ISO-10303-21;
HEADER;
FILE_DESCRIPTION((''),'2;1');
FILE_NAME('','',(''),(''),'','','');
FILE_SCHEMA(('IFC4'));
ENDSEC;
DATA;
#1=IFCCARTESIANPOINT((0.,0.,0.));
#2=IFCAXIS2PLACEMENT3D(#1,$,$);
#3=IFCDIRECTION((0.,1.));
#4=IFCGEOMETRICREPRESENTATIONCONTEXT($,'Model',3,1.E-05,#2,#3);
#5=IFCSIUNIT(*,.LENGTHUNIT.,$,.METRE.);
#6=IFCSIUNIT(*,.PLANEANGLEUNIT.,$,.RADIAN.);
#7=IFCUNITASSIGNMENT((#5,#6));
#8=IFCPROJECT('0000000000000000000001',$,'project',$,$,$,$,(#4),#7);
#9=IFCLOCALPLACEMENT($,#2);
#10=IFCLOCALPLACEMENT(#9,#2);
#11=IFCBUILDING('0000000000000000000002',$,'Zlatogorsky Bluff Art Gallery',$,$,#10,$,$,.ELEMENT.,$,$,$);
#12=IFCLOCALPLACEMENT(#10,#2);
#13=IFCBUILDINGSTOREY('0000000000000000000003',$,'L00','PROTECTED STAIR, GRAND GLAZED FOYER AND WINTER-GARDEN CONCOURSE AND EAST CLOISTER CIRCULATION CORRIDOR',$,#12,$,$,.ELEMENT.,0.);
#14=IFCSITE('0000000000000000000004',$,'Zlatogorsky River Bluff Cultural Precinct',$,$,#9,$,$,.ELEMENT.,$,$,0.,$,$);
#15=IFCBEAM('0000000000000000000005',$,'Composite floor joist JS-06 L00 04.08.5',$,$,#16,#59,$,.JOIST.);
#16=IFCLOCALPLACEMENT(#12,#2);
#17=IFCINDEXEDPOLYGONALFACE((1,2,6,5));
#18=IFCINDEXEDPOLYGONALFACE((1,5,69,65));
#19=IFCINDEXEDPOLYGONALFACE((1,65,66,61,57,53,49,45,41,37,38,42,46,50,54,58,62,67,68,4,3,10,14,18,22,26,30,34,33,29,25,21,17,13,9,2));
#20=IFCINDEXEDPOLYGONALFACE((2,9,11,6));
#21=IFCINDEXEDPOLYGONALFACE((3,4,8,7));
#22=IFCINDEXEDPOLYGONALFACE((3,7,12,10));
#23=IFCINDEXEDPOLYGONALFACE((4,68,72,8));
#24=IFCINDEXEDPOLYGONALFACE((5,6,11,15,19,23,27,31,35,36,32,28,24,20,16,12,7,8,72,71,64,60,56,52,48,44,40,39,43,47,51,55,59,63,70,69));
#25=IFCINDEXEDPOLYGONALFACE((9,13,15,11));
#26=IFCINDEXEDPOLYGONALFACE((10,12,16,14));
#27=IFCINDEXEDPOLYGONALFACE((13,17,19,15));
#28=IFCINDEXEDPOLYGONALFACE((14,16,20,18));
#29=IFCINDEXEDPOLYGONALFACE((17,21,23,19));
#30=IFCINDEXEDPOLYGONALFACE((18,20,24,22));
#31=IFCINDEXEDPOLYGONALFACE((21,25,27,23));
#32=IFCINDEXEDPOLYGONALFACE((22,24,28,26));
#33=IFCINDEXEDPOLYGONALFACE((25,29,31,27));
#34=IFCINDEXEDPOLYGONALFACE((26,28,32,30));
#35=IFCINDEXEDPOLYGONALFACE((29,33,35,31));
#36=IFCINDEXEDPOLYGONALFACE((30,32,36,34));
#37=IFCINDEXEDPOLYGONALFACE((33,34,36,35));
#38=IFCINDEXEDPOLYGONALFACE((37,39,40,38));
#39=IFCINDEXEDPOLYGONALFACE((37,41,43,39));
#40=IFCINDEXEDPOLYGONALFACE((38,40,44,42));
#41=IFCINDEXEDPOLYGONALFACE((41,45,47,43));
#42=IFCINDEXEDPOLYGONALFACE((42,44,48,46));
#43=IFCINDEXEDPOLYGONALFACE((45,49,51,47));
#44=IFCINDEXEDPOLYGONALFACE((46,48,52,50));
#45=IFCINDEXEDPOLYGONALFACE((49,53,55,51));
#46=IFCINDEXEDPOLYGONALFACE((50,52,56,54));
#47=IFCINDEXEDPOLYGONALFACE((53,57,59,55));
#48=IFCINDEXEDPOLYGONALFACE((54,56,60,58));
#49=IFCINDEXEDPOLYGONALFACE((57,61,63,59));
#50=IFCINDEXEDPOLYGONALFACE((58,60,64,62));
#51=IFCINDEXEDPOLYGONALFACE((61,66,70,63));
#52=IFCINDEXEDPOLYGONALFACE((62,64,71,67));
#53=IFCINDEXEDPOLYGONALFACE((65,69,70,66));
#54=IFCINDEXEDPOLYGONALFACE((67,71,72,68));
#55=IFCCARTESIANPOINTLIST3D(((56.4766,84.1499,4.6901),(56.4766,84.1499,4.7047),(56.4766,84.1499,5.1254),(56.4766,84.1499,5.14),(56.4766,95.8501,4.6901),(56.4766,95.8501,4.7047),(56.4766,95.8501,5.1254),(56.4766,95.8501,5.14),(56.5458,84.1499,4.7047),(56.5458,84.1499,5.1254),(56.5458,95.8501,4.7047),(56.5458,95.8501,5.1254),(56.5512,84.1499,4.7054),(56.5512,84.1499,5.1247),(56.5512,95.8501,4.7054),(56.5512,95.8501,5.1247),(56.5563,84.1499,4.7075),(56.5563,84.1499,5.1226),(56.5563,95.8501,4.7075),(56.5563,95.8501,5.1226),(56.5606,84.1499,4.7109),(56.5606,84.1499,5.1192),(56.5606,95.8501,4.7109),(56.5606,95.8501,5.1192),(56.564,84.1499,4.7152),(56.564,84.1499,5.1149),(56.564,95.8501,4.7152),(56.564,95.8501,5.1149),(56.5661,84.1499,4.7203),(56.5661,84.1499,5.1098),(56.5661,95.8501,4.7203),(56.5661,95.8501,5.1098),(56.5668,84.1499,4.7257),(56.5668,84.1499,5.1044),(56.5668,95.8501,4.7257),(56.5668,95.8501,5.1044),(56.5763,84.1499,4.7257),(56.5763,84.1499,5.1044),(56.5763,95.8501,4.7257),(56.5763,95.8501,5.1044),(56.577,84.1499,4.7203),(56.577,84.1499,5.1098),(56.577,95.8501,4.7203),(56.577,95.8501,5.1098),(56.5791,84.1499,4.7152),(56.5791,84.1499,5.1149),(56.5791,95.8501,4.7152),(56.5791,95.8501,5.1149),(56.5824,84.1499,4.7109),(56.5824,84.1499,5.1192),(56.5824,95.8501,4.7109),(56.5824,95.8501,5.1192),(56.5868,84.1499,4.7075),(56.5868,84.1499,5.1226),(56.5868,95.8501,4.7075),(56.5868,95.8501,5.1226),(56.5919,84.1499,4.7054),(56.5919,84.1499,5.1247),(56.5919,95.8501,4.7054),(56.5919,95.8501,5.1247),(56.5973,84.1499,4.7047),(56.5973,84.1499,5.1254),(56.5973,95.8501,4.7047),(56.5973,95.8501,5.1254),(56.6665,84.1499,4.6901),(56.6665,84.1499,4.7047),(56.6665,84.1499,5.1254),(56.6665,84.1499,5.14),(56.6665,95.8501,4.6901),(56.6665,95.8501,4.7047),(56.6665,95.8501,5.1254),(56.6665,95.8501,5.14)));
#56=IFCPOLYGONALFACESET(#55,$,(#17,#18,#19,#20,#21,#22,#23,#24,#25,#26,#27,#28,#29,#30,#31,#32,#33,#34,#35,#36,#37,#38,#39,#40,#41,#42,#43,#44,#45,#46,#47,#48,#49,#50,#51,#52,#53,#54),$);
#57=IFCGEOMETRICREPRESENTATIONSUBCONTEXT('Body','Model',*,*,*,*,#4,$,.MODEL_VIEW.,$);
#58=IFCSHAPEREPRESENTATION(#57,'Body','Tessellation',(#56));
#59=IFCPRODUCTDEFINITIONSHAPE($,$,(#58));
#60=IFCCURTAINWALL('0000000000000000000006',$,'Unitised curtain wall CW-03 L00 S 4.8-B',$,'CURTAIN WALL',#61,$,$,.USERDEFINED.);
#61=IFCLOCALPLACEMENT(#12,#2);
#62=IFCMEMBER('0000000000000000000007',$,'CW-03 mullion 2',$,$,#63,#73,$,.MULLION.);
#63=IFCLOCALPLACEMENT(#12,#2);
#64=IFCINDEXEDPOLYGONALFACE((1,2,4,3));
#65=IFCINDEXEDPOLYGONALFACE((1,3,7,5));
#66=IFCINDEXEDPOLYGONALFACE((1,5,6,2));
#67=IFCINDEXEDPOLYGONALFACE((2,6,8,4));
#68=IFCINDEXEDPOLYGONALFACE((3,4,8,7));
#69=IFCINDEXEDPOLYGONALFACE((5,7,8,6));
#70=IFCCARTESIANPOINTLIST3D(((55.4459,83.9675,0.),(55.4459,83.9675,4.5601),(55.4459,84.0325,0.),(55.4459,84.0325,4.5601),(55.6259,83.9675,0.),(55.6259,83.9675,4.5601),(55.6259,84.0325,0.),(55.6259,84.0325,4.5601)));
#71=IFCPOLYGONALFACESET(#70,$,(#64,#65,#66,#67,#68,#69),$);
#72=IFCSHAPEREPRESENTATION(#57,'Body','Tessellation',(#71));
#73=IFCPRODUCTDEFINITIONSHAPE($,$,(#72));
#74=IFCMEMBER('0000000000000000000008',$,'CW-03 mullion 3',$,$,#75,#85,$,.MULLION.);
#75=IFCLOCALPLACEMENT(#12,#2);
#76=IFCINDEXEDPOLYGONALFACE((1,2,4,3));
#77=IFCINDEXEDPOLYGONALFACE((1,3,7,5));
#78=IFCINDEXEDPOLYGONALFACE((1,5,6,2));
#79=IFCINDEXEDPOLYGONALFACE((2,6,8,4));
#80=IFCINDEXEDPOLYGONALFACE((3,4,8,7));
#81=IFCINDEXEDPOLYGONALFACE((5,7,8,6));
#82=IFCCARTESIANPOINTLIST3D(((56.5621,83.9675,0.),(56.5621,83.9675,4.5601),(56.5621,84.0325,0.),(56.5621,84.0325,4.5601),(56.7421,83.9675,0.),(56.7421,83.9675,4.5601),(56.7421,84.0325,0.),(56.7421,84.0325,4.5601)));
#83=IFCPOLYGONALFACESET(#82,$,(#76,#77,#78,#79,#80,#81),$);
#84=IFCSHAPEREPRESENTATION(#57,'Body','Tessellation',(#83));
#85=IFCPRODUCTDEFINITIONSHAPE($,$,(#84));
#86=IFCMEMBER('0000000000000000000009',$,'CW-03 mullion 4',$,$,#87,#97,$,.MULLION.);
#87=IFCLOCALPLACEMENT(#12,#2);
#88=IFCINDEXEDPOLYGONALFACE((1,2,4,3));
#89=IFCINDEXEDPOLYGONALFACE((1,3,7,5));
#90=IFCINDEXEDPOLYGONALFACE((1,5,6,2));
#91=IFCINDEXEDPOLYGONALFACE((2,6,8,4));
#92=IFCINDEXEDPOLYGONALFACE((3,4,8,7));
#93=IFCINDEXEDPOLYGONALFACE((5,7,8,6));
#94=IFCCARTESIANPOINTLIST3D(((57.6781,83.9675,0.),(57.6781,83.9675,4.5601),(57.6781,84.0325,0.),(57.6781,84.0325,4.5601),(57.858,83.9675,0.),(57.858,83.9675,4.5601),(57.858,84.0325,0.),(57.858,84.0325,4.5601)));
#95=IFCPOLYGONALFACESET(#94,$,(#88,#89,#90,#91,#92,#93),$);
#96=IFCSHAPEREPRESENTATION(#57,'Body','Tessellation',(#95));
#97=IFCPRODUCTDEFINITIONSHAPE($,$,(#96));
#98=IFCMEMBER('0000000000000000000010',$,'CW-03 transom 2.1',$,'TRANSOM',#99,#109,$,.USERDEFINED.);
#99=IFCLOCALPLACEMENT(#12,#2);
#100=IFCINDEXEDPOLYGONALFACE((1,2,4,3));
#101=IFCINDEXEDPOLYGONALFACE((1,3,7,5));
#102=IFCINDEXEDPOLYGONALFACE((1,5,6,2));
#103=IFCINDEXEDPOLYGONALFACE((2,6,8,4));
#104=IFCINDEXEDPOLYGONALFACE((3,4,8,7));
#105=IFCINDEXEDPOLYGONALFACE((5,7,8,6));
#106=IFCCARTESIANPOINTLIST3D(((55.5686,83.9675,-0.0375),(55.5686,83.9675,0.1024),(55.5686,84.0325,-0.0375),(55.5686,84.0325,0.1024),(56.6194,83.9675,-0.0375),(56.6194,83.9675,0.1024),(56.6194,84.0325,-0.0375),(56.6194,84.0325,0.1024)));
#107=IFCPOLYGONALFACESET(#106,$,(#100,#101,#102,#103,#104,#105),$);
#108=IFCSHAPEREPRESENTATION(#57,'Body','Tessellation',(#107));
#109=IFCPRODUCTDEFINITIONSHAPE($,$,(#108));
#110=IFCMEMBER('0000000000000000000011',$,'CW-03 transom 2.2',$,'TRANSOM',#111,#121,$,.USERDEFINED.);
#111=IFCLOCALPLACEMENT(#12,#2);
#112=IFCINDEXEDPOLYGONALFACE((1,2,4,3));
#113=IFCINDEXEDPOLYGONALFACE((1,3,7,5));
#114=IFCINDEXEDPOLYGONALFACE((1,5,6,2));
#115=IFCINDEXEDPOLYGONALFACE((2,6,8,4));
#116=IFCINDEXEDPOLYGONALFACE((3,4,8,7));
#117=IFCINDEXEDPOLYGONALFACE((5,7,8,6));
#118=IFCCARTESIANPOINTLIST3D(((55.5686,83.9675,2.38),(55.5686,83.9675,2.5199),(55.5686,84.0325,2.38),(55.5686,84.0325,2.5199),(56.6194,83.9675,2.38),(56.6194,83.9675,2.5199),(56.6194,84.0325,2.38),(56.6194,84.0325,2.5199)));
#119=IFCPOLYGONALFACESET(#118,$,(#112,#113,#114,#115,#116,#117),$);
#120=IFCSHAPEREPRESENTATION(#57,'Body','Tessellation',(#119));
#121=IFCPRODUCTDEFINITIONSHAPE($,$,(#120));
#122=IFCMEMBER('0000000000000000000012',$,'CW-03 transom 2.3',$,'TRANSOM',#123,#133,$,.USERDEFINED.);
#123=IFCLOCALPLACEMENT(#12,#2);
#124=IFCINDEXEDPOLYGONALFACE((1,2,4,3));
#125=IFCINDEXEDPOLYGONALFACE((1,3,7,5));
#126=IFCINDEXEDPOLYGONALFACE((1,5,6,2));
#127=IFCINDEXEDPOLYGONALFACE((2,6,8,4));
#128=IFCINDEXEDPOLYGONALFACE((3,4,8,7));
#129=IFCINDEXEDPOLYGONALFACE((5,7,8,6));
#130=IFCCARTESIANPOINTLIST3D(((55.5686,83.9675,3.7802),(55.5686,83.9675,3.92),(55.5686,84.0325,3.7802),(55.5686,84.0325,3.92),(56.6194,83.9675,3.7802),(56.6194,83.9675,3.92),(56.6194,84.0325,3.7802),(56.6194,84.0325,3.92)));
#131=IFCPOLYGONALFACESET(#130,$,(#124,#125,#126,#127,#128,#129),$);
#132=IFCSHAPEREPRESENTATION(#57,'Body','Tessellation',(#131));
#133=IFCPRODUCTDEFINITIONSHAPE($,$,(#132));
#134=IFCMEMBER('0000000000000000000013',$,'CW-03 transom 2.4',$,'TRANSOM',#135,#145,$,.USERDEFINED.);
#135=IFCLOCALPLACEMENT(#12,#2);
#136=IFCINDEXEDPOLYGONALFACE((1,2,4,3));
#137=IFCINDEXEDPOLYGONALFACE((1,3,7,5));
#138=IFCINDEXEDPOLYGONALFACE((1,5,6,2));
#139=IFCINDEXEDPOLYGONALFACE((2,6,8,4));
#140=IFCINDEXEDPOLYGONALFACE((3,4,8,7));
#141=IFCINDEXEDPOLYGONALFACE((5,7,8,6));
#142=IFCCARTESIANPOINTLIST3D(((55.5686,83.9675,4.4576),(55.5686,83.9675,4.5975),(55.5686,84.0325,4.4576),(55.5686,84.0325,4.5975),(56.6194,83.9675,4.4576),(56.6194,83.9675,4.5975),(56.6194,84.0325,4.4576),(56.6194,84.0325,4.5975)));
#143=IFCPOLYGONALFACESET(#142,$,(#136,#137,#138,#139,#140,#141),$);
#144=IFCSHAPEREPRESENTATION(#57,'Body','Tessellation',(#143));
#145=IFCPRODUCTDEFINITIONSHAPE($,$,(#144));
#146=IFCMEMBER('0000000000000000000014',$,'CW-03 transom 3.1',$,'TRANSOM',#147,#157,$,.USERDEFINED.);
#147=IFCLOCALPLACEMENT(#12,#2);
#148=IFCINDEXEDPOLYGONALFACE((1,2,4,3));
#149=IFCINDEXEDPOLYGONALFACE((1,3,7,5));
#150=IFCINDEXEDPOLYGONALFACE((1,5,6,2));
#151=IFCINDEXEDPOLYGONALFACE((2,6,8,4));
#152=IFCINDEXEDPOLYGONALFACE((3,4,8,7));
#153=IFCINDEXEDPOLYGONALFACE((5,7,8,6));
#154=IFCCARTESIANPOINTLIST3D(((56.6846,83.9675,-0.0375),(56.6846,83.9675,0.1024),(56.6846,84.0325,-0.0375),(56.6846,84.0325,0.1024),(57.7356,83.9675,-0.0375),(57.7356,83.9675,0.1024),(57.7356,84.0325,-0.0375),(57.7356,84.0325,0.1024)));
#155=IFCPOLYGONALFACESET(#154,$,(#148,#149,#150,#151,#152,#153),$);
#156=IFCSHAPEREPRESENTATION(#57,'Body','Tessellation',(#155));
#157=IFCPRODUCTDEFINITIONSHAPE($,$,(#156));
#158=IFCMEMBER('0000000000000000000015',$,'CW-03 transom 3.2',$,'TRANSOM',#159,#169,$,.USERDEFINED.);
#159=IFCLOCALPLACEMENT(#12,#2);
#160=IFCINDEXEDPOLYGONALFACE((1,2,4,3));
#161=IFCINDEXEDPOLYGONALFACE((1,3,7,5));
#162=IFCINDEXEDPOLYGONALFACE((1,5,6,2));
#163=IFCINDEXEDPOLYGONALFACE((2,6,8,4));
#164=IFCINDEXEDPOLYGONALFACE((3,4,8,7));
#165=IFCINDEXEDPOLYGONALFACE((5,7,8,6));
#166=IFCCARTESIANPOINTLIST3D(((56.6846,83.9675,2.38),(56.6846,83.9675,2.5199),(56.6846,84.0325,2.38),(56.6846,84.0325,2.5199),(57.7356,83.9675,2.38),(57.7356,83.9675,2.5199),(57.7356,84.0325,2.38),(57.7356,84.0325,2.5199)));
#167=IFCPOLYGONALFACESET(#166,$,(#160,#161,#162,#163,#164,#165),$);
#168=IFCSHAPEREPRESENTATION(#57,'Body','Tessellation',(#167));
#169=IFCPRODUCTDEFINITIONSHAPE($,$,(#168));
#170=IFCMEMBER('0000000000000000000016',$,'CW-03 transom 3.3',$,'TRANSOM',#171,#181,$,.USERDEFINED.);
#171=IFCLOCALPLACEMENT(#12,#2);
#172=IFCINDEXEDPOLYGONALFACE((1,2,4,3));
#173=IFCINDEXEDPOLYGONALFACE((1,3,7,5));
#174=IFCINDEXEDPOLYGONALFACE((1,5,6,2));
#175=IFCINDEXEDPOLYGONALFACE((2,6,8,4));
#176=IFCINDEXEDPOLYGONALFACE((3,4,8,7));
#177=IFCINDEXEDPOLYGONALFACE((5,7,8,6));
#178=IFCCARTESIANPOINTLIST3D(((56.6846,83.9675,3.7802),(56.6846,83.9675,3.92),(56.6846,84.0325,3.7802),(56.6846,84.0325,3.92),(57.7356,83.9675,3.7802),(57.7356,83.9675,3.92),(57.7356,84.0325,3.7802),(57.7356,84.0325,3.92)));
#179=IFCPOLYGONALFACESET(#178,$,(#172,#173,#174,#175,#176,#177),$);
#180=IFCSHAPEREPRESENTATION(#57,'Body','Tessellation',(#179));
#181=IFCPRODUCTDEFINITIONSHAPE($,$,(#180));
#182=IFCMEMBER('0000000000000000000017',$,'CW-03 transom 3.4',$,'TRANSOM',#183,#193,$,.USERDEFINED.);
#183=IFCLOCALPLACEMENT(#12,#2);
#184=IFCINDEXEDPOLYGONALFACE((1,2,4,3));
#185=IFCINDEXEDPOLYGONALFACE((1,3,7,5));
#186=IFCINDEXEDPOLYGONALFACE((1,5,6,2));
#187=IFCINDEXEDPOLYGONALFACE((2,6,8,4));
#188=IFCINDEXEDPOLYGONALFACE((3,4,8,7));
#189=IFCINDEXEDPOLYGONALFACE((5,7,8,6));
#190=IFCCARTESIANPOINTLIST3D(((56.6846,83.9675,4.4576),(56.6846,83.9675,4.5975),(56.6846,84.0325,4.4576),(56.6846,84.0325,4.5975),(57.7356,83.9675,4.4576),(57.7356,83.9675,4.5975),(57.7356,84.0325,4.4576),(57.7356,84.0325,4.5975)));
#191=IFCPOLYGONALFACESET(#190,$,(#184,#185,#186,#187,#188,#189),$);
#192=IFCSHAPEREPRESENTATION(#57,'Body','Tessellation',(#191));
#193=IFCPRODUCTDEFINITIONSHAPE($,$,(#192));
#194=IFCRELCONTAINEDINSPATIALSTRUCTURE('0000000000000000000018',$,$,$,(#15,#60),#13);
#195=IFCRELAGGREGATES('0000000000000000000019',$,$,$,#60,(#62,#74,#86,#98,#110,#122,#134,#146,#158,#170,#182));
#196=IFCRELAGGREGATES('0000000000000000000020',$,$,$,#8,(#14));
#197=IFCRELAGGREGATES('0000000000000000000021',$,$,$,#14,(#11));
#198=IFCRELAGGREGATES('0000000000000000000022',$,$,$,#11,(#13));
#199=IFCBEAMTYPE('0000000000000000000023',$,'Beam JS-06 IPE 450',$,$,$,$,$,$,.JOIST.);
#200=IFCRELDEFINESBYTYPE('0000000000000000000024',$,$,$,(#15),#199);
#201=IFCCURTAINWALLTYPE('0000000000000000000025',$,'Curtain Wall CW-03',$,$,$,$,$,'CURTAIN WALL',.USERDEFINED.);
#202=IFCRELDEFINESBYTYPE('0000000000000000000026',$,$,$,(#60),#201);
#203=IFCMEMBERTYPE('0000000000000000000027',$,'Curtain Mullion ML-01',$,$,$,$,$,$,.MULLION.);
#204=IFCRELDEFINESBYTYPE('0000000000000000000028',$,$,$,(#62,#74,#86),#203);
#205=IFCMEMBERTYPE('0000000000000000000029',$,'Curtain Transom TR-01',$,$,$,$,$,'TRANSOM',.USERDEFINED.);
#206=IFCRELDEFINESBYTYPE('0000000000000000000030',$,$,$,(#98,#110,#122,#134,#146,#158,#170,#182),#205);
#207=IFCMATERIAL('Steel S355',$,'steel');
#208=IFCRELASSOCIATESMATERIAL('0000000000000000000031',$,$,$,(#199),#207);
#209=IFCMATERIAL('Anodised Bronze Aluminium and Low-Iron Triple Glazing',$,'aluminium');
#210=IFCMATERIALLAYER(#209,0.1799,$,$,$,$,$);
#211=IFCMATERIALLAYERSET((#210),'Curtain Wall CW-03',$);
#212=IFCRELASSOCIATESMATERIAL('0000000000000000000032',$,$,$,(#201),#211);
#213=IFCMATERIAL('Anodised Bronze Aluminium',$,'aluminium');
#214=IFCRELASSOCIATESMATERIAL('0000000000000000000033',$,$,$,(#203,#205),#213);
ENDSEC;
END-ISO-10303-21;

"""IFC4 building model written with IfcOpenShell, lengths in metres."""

from ifc_helpers import new_model, si_unit, direction, frame, origin, origin_2d, place, context, subcontext, project, spatial, rectangle, i_section, extrude, material, layer, layer_set, material_profile, profile_set, type_object, element, aggregate, save


model = new_model("IFC4")

# Units and contexts
model_context = context("Model", 3, precision=1e-05, world=origin(), true_north=direction((0.0, 1.0)))
body_context = subcontext(model_context, "Body", "Model", "MODEL_VIEW")
ifc_project = project(units=[si_unit("LENGTHUNIT", "METRE"), si_unit("PLANEANGLEUNIT", "RADIAN")], contexts=[model_context])

# Site, building, storey
site_placement = place(None, origin())
site = spatial("IfcSite", under=ifc_project, at=site_placement, Name="Zlatogorsky River Bluff Cultural Precinct", CompositionType="ELEMENT", RefElevation=0.0)
building_placement = place(site_placement, origin())
building = spatial("IfcBuilding", under=site, at=building_placement, Name="Zlatogorsky Bluff Art Gallery", CompositionType="ELEMENT")
storey_placement = place(building_placement, origin())
storey = spatial("IfcBuildingStorey", under=building, at=storey_placement, Name="L00", Description="PROTECTED STAIR, GRAND GLAZED FOYER AND WINTER-GARDEN CONCOURSE AND EAST CLOISTER CIRCULATION CORRIDOR", CompositionType="ELEMENT", Elevation=0.0)

# Beam
ifc_material_1 = material(Name="Steel S355", Category="steel")
ifc_material_profile_1 = material_profile(ifc_material_1, i_section(OverallWidth=0.1899, OverallDepth=0.45, WebThickness=0.0095, FlangeThickness=0.0146, FilletRadius=0.021, at=origin_2d()), Name="IPE 450")
ifc_profile_set_1 = profile_set([ifc_material_profile_1], Name="Steel S355")
beam_type = type_object("IfcBeamType", Name="Beam JS-06 IPE 450", PredefinedType="JOIST", material=ifc_profile_set_1)
beam_placement = place(storey_placement, frame((56.5715, 84.1499, 4.915), z_axis=(0.0, 1.0, 0.0), x_axis=(-1.0, 0.0, 0.0)))
element("IfcBeam", 1, at=beam_placement, inside=storey, type_object=beam_type, Name="Composite floor joist JS-06 L00 04.08.5", PredefinedType="JOIST", context=body_context, shape_type="SweptSolid", body=[
    extrude(i_section(OverallWidth=0.1899, OverallDepth=0.45, WebThickness=0.0095, FlangeThickness=0.0146, FilletRadius=0.021, at=origin_2d()), origin(), (0.0, 0.0, 1.0), 11.7002),
])

# Curtain wall, members
ifc_material_2 = material(Name="Anodised Bronze Aluminium and Low-Iron Triple Glazing", Category="aluminium")
ifc_layer_1 = layer(ifc_material_2, 0.1799)
ifc_layer_set_1 = layer_set([ifc_layer_1], Name="Curtain Wall CW-03")
curtain_wall_type = type_object("IfcCurtainWallType", Name="Curtain Wall CW-03", ElementType="CURTAIN WALL", PredefinedType="USERDEFINED", material=ifc_layer_set_1)
curtain_wall_placement = place(storey_placement, origin())
curtain_wall = element("IfcCurtainWall", 2, at=curtain_wall_placement, inside=storey, type_object=curtain_wall_type, Name="Unitised curtain wall CW-03 L00 S 4.8-B", ObjectType="CURTAIN WALL", PredefinedType="USERDEFINED")
ifc_material_3 = material(Name="Anodised Bronze Aluminium", Category="aluminium")
ifc_material_profile_2 = material_profile(ifc_material_3, rectangle(XDim=0.0649, YDim=0.1799, at=origin_2d()), Name="ALU MULLION 65x180")
ifc_profile_set_2 = profile_set([ifc_material_profile_2], Name="Anodised Bronze Aluminium")
member_type_1 = type_object("IfcMemberType", Name="Curtain Mullion ML-01", PredefinedType="MULLION", material=ifc_profile_set_2)
member_1_placement = place(storey_placement, frame((55.5359, 84.0, 0.0), z_axis=(0.0, 0.0, 1.0), x_axis=(0.0, 1.0, 0.0)))
member_1 = element("IfcMember", 3, at=member_1_placement, type_object=member_type_1, Name="CW-03 mullion 2", PredefinedType="MULLION", context=body_context, shape_type="SweptSolid", body=[
    extrude(rectangle(XDim=0.0649, YDim=0.1799, at=origin_2d()), origin(), (0.0, 0.0, 1.0), 4.5601),
])
member_2_placement = place(storey_placement, frame((56.6521, 84.0, 0.0), z_axis=(0.0, 0.0, 1.0), x_axis=(0.0, 1.0, 0.0)))
member_2 = element("IfcMember", 4, at=member_2_placement, type_object=member_type_1, Name="CW-03 mullion 3", PredefinedType="MULLION", context=body_context, shape_type="SweptSolid", body=[
    extrude(rectangle(XDim=0.0649, YDim=0.1799, at=origin_2d()), origin(), (0.0, 0.0, 1.0), 4.5601),
])
member_3_placement = place(storey_placement, frame((57.7681, 84.0, 0.0), z_axis=(0.0, 0.0, 1.0), x_axis=(0.0, 1.0, 0.0)))
member_3 = element("IfcMember", 5, at=member_3_placement, type_object=member_type_1, Name="CW-03 mullion 4", PredefinedType="MULLION", context=body_context, shape_type="SweptSolid", body=[
    extrude(rectangle(XDim=0.0649, YDim=0.1799, at=origin_2d()), origin(), (0.0, 0.0, 1.0), 4.5601),
])
ifc_material_profile_3 = material_profile(ifc_material_3, rectangle(XDim=0.0649, YDim=0.1399, at=origin_2d()), Name="ALU TRANSOM 65x140")
ifc_profile_set_3 = profile_set([ifc_material_profile_3], Name="Anodised Bronze Aluminium")
member_type_2 = type_object("IfcMemberType", Name="Curtain Transom TR-01", ElementType="TRANSOM", PredefinedType="USERDEFINED", material=ifc_profile_set_3)
member_4_placement = place(storey_placement, frame((55.5686, 84.0, 0.0325), z_axis=(1.0, 0.0, 0.0), x_axis=(0.0, 1.0, 0.0)))
member_4 = element("IfcMember", 6, at=member_4_placement, type_object=member_type_2, Name="CW-03 transom 2.1", ObjectType="TRANSOM", PredefinedType="USERDEFINED", context=body_context, shape_type="SweptSolid", body=[
    extrude(rectangle(XDim=0.0649, YDim=0.1399, at=origin_2d()), origin(), (0.0, 0.0, 1.0), 1.0508),
])
member_5_placement = place(storey_placement, frame((55.5686, 84.0, 2.45), z_axis=(1.0, 0.0, 0.0), x_axis=(0.0, 1.0, 0.0)))
member_5 = element("IfcMember", 7, at=member_5_placement, type_object=member_type_2, Name="CW-03 transom 2.2", ObjectType="TRANSOM", PredefinedType="USERDEFINED", context=body_context, shape_type="SweptSolid", body=[
    extrude(rectangle(XDim=0.0649, YDim=0.1399, at=origin_2d()), origin(), (0.0, 0.0, 1.0), 1.0508),
])
member_6_placement = place(storey_placement, frame((55.5686, 84.0, 3.8501), z_axis=(1.0, 0.0, 0.0), x_axis=(0.0, 1.0, 0.0)))
member_6 = element("IfcMember", 8, at=member_6_placement, type_object=member_type_2, Name="CW-03 transom 2.3", ObjectType="TRANSOM", PredefinedType="USERDEFINED", context=body_context, shape_type="SweptSolid", body=[
    extrude(rectangle(XDim=0.0649, YDim=0.1399, at=origin_2d()), origin(), (0.0, 0.0, 1.0), 1.0508),
])
member_7_placement = place(storey_placement, frame((55.5686, 84.0, 4.5276), z_axis=(1.0, 0.0, 0.0), x_axis=(0.0, 1.0, 0.0)))
member_7 = element("IfcMember", 9, at=member_7_placement, type_object=member_type_2, Name="CW-03 transom 2.4", ObjectType="TRANSOM", PredefinedType="USERDEFINED", context=body_context, shape_type="SweptSolid", body=[
    extrude(rectangle(XDim=0.0649, YDim=0.1399, at=origin_2d()), origin(), (0.0, 0.0, 1.0), 1.0508),
])
member_8_placement = place(storey_placement, frame((56.6846, 84.0, 0.0325), z_axis=(1.0, 0.0, 0.0), x_axis=(0.0, 1.0, 0.0)))
member_8 = element("IfcMember", 10, at=member_8_placement, type_object=member_type_2, Name="CW-03 transom 3.1", ObjectType="TRANSOM", PredefinedType="USERDEFINED", context=body_context, shape_type="SweptSolid", body=[
    extrude(rectangle(XDim=0.0649, YDim=0.1399, at=origin_2d()), origin(), (0.0, 0.0, 1.0), 1.051),
])
member_9_placement = place(storey_placement, frame((56.6846, 84.0, 2.45), z_axis=(1.0, 0.0, 0.0), x_axis=(0.0, 1.0, 0.0)))
member_9 = element("IfcMember", 11, at=member_9_placement, type_object=member_type_2, Name="CW-03 transom 3.2", ObjectType="TRANSOM", PredefinedType="USERDEFINED", context=body_context, shape_type="SweptSolid", body=[
    extrude(rectangle(XDim=0.0649, YDim=0.1399, at=origin_2d()), origin(), (0.0, 0.0, 1.0), 1.051),
])
member_10_placement = place(storey_placement, frame((56.6846, 84.0, 3.8501), z_axis=(1.0, 0.0, 0.0), x_axis=(0.0, 1.0, 0.0)))
member_10 = element("IfcMember", 12, at=member_10_placement, type_object=member_type_2, Name="CW-03 transom 3.3", ObjectType="TRANSOM", PredefinedType="USERDEFINED", context=body_context, shape_type="SweptSolid", body=[
    extrude(rectangle(XDim=0.0649, YDim=0.1399, at=origin_2d()), origin(), (0.0, 0.0, 1.0), 1.051),
])
member_11_placement = place(storey_placement, frame((56.6846, 84.0, 4.5276), z_axis=(1.0, 0.0, 0.0), x_axis=(0.0, 1.0, 0.0)))
member_11 = element("IfcMember", 13, at=member_11_placement, type_object=member_type_2, Name="CW-03 transom 3.4", ObjectType="TRANSOM", PredefinedType="USERDEFINED", context=body_context, shape_type="SweptSolid", body=[
    extrude(rectangle(XDim=0.0649, YDim=0.1399, at=origin_2d()), origin(), (0.0, 0.0, 1.0), 1.051),
])
aggregate(curtain_wall, [member_1, member_2, member_3, member_4, member_5, member_6, member_7, member_8, member_9, member_10, member_11])

save(model, "model.ifc")
